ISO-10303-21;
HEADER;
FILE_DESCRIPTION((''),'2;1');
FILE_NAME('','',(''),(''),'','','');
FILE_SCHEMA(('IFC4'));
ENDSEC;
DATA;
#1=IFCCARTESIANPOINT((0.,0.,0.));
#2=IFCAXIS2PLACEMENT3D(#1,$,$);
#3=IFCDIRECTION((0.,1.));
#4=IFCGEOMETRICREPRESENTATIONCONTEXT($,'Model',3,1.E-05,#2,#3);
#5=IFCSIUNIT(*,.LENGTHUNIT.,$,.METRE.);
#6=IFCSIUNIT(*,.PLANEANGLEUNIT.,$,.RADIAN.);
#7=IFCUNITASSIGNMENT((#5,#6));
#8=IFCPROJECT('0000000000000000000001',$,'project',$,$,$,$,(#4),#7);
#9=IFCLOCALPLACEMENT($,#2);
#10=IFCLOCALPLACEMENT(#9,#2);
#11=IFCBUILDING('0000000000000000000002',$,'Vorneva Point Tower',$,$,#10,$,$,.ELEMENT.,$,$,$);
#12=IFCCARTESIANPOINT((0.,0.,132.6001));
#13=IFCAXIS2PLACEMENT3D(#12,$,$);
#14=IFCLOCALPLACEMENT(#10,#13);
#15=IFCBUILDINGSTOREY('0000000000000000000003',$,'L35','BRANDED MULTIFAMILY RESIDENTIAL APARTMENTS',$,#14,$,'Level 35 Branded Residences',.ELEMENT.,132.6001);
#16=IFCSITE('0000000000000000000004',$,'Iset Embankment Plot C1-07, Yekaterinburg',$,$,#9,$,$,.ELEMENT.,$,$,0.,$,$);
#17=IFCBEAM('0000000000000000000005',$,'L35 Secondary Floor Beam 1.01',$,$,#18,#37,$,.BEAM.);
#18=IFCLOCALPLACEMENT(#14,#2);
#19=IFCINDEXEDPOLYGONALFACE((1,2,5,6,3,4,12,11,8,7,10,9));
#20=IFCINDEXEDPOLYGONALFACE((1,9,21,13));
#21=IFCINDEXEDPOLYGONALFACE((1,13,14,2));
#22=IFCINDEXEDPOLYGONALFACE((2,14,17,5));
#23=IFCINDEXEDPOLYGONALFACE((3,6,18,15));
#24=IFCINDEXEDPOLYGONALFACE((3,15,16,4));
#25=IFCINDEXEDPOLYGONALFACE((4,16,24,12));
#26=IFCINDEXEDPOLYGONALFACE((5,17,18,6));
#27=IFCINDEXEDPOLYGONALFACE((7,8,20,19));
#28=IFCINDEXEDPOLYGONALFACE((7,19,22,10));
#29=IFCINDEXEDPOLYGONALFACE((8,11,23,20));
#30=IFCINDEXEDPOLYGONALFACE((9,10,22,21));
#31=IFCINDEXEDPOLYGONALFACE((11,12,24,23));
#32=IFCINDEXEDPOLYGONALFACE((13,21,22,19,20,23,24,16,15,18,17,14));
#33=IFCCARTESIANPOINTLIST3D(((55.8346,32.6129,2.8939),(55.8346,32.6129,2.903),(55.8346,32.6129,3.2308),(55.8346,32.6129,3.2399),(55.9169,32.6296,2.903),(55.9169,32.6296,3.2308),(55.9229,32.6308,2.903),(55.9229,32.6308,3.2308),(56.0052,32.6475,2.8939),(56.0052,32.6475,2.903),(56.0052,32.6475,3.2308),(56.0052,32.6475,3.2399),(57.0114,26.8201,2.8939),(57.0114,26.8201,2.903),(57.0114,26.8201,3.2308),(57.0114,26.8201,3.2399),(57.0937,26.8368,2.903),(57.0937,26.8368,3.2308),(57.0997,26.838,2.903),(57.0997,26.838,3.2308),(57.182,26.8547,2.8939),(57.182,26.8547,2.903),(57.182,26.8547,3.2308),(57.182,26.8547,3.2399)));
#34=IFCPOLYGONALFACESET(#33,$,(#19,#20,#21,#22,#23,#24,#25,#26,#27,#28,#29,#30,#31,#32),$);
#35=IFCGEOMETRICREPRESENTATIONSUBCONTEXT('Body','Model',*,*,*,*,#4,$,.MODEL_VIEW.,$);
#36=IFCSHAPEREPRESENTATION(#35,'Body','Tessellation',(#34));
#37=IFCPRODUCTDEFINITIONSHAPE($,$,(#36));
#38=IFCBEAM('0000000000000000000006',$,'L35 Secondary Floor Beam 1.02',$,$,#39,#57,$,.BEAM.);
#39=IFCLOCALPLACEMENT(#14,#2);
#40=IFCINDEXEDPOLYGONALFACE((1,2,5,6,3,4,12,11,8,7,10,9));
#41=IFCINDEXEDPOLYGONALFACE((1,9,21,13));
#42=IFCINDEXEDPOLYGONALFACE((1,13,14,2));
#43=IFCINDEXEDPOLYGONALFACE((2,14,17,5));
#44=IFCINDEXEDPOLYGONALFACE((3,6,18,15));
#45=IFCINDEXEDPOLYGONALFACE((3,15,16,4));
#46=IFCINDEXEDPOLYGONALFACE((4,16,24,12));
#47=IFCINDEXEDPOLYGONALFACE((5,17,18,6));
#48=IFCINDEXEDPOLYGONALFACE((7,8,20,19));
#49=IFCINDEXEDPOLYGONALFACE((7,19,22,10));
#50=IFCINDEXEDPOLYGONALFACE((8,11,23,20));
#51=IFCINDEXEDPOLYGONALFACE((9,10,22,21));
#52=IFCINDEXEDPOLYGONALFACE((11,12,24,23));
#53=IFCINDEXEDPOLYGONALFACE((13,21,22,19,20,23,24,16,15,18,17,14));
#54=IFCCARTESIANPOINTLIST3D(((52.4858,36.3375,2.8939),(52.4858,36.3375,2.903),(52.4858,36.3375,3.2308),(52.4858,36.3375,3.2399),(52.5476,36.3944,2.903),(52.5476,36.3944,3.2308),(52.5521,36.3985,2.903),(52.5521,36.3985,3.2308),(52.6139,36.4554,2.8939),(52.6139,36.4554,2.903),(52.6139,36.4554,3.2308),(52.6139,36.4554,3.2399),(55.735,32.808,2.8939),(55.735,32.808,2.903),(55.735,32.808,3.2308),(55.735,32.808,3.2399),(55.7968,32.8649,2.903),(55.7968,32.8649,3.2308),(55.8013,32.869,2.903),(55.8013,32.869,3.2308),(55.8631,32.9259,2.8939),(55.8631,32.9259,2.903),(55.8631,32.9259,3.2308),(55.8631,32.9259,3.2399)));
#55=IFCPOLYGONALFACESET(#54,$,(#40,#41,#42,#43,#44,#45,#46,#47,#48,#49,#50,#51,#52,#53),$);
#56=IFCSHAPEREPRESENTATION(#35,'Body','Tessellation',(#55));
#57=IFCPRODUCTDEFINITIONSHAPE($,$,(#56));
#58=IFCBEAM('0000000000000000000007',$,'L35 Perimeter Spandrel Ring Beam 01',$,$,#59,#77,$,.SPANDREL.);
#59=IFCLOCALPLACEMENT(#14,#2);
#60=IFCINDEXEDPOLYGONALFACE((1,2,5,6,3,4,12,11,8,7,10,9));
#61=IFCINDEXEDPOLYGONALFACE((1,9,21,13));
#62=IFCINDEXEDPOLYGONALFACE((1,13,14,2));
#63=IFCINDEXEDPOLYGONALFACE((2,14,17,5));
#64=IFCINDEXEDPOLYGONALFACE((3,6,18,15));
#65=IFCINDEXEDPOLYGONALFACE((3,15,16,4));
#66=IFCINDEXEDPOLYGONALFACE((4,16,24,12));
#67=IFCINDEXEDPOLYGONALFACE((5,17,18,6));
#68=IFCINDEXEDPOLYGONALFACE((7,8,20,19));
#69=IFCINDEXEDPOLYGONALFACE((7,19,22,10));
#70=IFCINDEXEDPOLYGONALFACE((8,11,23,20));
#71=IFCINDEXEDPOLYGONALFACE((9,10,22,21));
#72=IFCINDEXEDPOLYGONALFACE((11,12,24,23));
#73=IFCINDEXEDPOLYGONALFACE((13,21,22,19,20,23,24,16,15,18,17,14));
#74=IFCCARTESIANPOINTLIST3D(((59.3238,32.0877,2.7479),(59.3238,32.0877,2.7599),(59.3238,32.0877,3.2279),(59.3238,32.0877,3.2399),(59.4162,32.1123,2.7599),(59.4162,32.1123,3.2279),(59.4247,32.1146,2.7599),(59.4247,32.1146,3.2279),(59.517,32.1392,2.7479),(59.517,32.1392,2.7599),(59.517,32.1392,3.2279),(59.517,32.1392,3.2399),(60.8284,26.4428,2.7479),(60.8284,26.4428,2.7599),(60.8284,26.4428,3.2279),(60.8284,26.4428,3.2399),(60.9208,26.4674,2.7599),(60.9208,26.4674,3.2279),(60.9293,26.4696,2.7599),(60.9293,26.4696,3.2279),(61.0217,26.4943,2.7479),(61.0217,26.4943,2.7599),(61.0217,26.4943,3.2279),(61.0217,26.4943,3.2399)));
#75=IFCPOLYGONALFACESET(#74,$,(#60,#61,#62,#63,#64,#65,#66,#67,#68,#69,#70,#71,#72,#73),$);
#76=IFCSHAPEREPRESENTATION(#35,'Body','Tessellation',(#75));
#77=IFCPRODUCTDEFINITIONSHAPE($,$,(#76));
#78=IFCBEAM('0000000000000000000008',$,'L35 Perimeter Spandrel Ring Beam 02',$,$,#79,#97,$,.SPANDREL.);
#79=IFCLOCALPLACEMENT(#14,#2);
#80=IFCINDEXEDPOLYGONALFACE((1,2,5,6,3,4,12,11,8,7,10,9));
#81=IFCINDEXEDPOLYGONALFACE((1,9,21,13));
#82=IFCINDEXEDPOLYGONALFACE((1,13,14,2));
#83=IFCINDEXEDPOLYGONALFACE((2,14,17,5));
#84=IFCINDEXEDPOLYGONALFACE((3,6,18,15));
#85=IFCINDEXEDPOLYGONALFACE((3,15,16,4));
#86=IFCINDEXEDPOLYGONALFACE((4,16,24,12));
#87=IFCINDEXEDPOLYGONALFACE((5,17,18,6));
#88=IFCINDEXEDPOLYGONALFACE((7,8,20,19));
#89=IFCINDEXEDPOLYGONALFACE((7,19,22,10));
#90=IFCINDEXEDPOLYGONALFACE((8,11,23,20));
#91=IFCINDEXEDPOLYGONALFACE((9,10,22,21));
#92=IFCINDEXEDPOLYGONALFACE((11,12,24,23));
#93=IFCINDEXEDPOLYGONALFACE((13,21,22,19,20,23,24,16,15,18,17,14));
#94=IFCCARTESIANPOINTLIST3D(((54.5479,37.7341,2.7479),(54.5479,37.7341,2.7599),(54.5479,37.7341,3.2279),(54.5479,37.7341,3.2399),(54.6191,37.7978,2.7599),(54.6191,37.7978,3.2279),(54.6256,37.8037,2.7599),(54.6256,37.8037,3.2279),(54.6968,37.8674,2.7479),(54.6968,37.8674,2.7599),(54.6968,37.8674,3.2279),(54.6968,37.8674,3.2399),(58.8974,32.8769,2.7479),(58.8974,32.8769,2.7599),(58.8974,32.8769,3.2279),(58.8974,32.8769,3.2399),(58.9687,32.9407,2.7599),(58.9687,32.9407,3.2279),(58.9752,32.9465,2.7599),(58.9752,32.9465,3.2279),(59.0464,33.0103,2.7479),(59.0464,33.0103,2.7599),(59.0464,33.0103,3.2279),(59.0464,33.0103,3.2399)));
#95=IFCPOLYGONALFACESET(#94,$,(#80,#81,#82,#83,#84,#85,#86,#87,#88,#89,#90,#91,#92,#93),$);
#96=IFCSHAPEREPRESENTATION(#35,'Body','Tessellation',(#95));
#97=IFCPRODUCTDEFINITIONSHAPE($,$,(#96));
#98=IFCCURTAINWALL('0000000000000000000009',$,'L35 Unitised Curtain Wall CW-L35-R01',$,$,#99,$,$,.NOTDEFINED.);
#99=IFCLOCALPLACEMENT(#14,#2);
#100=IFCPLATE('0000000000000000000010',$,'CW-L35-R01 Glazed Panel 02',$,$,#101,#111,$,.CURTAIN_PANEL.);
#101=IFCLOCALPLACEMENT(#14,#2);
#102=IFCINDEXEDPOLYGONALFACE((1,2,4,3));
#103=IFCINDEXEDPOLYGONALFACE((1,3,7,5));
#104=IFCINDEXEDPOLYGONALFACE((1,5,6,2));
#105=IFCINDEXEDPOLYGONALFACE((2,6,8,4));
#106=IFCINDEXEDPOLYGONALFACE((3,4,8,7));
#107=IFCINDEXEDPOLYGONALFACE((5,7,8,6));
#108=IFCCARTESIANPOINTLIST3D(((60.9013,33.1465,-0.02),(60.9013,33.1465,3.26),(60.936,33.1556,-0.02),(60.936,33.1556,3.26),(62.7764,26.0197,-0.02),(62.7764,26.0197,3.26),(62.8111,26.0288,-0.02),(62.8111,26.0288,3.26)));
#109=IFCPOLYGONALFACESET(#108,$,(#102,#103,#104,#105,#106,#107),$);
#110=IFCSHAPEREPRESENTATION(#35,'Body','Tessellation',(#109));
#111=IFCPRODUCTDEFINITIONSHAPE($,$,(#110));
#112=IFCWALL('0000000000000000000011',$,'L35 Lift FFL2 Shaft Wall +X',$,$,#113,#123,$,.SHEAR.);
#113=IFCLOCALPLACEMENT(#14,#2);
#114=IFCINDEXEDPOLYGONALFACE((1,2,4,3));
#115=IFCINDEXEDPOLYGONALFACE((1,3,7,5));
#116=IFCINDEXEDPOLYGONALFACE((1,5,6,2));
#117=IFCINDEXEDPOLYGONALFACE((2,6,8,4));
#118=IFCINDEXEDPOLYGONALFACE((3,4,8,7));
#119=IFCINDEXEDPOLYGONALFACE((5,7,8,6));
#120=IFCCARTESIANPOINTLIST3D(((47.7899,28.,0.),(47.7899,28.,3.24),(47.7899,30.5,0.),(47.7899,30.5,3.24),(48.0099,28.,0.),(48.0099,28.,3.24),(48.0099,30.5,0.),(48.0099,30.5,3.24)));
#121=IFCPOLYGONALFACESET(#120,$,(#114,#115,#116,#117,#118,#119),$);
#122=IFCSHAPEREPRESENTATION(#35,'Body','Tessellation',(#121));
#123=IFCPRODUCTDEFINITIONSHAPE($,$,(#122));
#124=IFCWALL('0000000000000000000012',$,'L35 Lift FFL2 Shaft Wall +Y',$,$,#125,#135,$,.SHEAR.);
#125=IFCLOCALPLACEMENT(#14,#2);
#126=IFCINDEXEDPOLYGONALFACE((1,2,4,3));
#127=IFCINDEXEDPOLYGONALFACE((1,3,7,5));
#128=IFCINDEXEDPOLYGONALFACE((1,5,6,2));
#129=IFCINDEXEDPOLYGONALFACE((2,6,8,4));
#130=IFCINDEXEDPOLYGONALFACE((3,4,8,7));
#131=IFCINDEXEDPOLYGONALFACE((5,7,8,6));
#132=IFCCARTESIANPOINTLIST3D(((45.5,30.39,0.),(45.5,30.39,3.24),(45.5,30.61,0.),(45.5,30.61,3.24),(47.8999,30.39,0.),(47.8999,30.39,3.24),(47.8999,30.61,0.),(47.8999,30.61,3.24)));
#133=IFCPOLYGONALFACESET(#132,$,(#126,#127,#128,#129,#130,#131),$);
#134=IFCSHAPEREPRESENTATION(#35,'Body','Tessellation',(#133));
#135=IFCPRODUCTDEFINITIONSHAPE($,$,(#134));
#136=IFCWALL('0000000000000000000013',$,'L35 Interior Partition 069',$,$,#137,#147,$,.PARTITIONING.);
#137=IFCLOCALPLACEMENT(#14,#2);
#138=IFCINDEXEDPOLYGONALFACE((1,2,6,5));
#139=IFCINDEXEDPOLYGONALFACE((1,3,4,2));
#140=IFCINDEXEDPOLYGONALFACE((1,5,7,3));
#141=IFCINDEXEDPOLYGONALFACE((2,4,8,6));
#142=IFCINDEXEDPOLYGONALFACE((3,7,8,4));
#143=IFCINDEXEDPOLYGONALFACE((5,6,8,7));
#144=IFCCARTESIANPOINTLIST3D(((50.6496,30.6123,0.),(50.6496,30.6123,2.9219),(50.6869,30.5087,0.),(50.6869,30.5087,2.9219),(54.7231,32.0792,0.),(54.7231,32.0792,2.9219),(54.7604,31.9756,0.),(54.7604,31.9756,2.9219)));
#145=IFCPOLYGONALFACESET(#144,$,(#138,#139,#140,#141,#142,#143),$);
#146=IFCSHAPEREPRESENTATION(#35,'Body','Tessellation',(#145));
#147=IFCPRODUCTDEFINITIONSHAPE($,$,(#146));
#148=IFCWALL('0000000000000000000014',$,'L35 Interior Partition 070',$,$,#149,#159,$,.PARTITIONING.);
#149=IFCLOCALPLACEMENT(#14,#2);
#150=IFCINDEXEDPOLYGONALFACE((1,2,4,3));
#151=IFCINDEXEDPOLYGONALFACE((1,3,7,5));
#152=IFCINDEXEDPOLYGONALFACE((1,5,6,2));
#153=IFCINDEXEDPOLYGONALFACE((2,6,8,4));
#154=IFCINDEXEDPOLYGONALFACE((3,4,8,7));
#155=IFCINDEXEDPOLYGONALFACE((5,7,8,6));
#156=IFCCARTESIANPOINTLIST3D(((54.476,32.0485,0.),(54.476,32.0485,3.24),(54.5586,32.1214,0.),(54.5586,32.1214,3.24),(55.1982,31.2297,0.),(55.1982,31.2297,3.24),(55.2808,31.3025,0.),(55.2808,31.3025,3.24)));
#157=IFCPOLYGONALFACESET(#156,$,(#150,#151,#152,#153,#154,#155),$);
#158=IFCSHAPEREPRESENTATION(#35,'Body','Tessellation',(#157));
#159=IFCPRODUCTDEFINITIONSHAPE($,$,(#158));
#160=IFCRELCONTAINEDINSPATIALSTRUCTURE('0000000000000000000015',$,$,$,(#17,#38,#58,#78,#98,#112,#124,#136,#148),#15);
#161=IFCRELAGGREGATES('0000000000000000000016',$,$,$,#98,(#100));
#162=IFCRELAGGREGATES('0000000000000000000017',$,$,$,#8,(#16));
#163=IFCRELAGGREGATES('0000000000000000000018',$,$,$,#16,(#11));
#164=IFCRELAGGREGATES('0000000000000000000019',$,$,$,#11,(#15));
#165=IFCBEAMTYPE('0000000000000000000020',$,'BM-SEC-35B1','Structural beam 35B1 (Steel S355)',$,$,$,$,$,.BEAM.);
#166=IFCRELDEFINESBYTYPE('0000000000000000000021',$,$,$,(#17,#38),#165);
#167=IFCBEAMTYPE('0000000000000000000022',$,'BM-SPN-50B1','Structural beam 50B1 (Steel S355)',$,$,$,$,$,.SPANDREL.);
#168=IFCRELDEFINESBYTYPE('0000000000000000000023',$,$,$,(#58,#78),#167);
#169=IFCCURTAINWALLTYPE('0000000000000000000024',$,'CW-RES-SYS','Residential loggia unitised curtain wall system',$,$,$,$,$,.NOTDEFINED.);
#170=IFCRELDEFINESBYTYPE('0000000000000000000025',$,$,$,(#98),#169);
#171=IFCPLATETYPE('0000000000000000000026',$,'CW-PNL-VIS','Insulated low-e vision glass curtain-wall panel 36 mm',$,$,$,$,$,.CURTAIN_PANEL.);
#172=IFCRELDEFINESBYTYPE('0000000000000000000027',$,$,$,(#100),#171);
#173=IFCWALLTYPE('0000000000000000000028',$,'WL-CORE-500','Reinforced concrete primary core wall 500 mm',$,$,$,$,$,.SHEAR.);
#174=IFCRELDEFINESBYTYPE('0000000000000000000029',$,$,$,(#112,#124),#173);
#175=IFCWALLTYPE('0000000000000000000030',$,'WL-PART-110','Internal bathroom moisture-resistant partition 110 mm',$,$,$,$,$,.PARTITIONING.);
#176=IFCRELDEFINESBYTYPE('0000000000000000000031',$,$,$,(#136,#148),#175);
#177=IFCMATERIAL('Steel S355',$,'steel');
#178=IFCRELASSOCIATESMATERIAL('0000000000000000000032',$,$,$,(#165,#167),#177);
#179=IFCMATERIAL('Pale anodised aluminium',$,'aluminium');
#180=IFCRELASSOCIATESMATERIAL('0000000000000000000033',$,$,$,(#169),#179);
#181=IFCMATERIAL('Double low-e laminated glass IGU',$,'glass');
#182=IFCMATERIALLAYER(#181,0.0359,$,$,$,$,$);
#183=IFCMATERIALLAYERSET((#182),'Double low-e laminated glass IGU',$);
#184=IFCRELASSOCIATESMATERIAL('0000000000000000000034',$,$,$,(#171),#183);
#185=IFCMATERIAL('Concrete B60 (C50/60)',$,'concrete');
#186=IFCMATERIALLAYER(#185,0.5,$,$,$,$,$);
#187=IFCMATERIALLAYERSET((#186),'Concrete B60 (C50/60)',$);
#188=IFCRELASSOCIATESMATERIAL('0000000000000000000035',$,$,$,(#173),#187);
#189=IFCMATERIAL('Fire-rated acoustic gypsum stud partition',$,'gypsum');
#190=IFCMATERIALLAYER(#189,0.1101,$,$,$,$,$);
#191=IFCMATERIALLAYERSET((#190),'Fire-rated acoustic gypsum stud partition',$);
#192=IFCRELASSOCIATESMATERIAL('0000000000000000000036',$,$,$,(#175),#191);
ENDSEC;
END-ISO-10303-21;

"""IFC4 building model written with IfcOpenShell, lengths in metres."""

from ifc_helpers import new_model, si_unit, direction, frame, frame_2d, origin, origin_2d, place, context, subcontext, project, spatial, rectangle, i_section, extrude, material, layer, layer_set, material_profile, profile_set, type_object, element, aggregate, save


model = new_model("IFC4")

# Units and contexts
model_context = context("Model", 3, precision=1e-05, world=origin(), true_north=direction((0.0, 1.0)))
body_context = subcontext(model_context, "Body", "Model", "MODEL_VIEW")
ifc_project = project(units=[si_unit("LENGTHUNIT", "METRE"), si_unit("PLANEANGLEUNIT", "RADIAN")], contexts=[model_context])

# Site, building, storey
site_placement = place(None, origin())
site = spatial("IfcSite", under=ifc_project, at=site_placement, Name="Iset Embankment Plot C1-07, Yekaterinburg", CompositionType="ELEMENT", RefElevation=0.0)
building_placement = place(site_placement, origin())
building = spatial("IfcBuilding", under=site, at=building_placement, Name="Vorneva Point Tower", CompositionType="ELEMENT")
storey_placement = place(building_placement, frame((0.0, 0.0, 132.6001)))
storey = spatial("IfcBuildingStorey", under=building, at=storey_placement, Name="L35", Description="BRANDED MULTIFAMILY RESIDENTIAL APARTMENTS", LongName="Level 35 Branded Residences", CompositionType="ELEMENT", Elevation=132.6001)

# Shared definitions
ifc_material_1 = material(Name="Concrete B60 (C50/60)", Category="concrete")

# Beams
ifc_material_2 = material(Name="Steel S355", Category="steel")
ifc_material_profile_1 = material_profile(ifc_material_2, i_section(OverallWidth=0.1741, OverallDepth=0.3459, WebThickness=0.0061, FlangeThickness=0.009, at=origin_2d()), Name="35B1")
ifc_profile_set_1 = profile_set([ifc_material_profile_1], Name="Steel S355")
beam_type_1 = type_object("IfcBeamType", Name="BM-SEC-35B1", Description="Structural beam 35B1 (Steel S355)", PredefinedType="BEAM", material=ifc_profile_set_1)
beam_1_placement = place(storey_placement, frame((57.0967, 26.8374, 3.0669), z_axis=(-0.199078, 0.979984, 0.0), x_axis=(-0.979984, -0.199078, 0.0)))
element("IfcBeam", 1, at=beam_1_placement, inside=storey, type_object=beam_type_1, Name="L35 Secondary Floor Beam 1.01", PredefinedType="BEAM", context=body_context, shape_type="SweptSolid", body=[
    extrude(i_section(OverallWidth=0.1741, OverallDepth=0.3459, WebThickness=0.0061, FlangeThickness=0.009, at=origin_2d()), origin(), (0.0, 0.0, 1.0), 5.9111),
])
beam_2_placement = place(storey_placement, frame((55.7991, 32.8669, 3.0669), z_axis=(-0.677292, 0.735714, 0.0), x_axis=(-0.735714, -0.677292, 0.0)))
element("IfcBeam", 2, at=beam_2_placement, inside=storey, type_object=beam_type_1, Name="L35 Secondary Floor Beam 1.02", PredefinedType="BEAM", context=body_context, shape_type="SweptSolid", body=[
    extrude(i_section(OverallWidth=0.1741, OverallDepth=0.3459, WebThickness=0.0061, FlangeThickness=0.009, at=origin_2d()), origin(), (0.0, 0.0, 1.0), 4.7974),
])
ifc_material_profile_2 = material_profile(ifc_material_2, i_section(OverallWidth=0.2, OverallDepth=0.4919, WebThickness=0.0088, FlangeThickness=0.012, at=origin_2d()), Name="50B1")
ifc_profile_set_2 = profile_set([ifc_material_profile_2], Name="Steel S355")
beam_type_2 = type_object("IfcBeamType", Name="BM-SPN-50B1", Description="Structural beam 50B1 (Steel S355)", PredefinedType="SPANDREL", material=ifc_profile_set_2)
beam_3_placement = place(storey_placement, frame((60.925, 26.4685, 2.9939), z_axis=(-0.257551, 0.966265, 0.0), x_axis=(-0.966265, -0.257551, 0.0)))
element("IfcBeam", 3, at=beam_3_placement, inside=storey, type_object=beam_type_2, Name="L35 Perimeter Spandrel Ring Beam 01", PredefinedType="SPANDREL", context=body_context, shape_type="SweptSolid", body=[
    extrude(i_section(OverallWidth=0.2, OverallDepth=0.4919, WebThickness=0.0088, FlangeThickness=0.012, at=origin_2d()), origin(), (0.0, 0.0, 1.0), 5.842),
])
beam_4_placement = place(storey_placement, frame((58.9719, 32.9436, 2.9939), z_axis=(-0.667111, 0.744958, 0.0), x_axis=(-0.744958, -0.667111, 0.0)))
element("IfcBeam", 4, at=beam_4_placement, inside=storey, type_object=beam_type_2, Name="L35 Perimeter Spandrel Ring Beam 02", PredefinedType="SPANDREL", context=body_context, shape_type="SweptSolid", body=[
    extrude(i_section(OverallWidth=0.2, OverallDepth=0.4919, WebThickness=0.0088, FlangeThickness=0.012, at=origin_2d()), origin(), (0.0, 0.0, 1.0), 6.52),
])

# Curtain wall, plate
ifc_material_3 = material(Name="Pale anodised aluminium", Category="aluminium")
curtain_wall_type = type_object("IfcCurtainWallType", Name="CW-RES-SYS", Description="Residential loggia unitised curtain wall system", PredefinedType="NOTDEFINED", material=ifc_material_3)
curtain_wall_placement = place(storey_placement, origin())
curtain_wall = element("IfcCurtainWall", 5, at=curtain_wall_placement, inside=storey, type_object=curtain_wall_type, Name="L35 Unitised Curtain Wall CW-L35-R01", PredefinedType="NOTDEFINED")
ifc_material_4 = material(Name="Double low-e laminated glass IGU", Category="glass")
ifc_layer_1 = layer(ifc_material_4, 0.0359)
ifc_layer_set_1 = layer_set([ifc_layer_1], Name="Double low-e laminated glass IGU")
plate_type = type_object("IfcPlateType", Name="CW-PNL-VIS", Description="Insulated low-e vision glass curtain-wall panel 36 mm", PredefinedType="CURTAIN_PANEL", material=ifc_layer_set_1)
plate_placement = place(storey_placement, frame((61.8562, 29.5876, -0.02), z_axis=(0.0, 0.0, 1.0), x_axis=(-0.254433, 0.96709, 0.0)))
plate = element("IfcPlate", 6, at=plate_placement, type_object=plate_type, Name="CW-L35-R01 Glazed Panel 02", PredefinedType="CURTAIN_PANEL", context=body_context, shape_type="SweptSolid", body=[
    extrude(rectangle(XDim=7.3694, YDim=0.0359, at=origin_2d()), origin(), (0.0, 0.0, 1.0), 3.28),
])
aggregate(curtain_wall, [plate])

# Walls
ifc_layer_2 = layer(ifc_material_1, 0.5)
ifc_layer_set_2 = layer_set([ifc_layer_2], Name="Concrete B60 (C50/60)")
wall_type_1 = type_object("IfcWallType", Name="WL-CORE-500", Description="Reinforced concrete primary core wall 500 mm", PredefinedType="SHEAR", material=ifc_layer_set_2)
wall_1_placement = place(storey_placement, frame((47.8999, 28.0, 0.0), z_axis=(0.0, 0.0, 1.0), x_axis=(0.0, 1.0, 0.0)))
element("IfcWall", 7, at=wall_1_placement, inside=storey, type_object=wall_type_1, Name="L35 Lift FFL2 Shaft Wall +X", PredefinedType="SHEAR", context=body_context, shape_type="SweptSolid", body=[
    extrude(rectangle(XDim=2.5, YDim=0.22, at=frame_2d((1.25, 0.0))), origin(), (0.0, 0.0, 1.0), 3.24),
])
wall_2_placement = place(storey_placement, frame((47.8999, 30.5, 0.0), z_axis=(0.0, 0.0, 1.0), x_axis=(-1.0, 0.0, 0.0)))
element("IfcWall", 8, at=wall_2_placement, inside=storey, type_object=wall_type_1, Name="L35 Lift FFL2 Shaft Wall +Y", PredefinedType="SHEAR", context=body_context, shape_type="SweptSolid", body=[
    extrude(rectangle(XDim=2.3999, YDim=0.22, at=frame_2d((1.2, 0.0))), origin(), (0.0, 0.0, 1.0), 3.24),
])
ifc_material_5 = material(Name="Fire-rated acoustic gypsum stud partition", Category="gypsum")
ifc_layer_3 = layer(ifc_material_5, 0.1101)
ifc_layer_set_3 = layer_set([ifc_layer_3], Name="Fire-rated acoustic gypsum stud partition")
wall_type_2 = type_object("IfcWallType", Name="WL-PART-110", Description="Internal bathroom moisture-resistant partition 110 mm", PredefinedType="PARTITIONING", material=ifc_layer_set_3)
wall_3_placement = place(storey_placement, frame((50.6682, 30.5605, 0.0), z_axis=(0.0, 0.0, 1.0), x_axis=(0.940862, 0.338789, 0.0)))
element("IfcWall", 9, at=wall_3_placement, inside=storey, type_object=wall_type_2, Name="L35 Interior Partition 069", PredefinedType="PARTITIONING", context=body_context, shape_type="SweptSolid", body=[
    extrude(rectangle(XDim=4.3296, YDim=0.1101, at=frame_2d((2.1648, 0.0))), origin(), (0.0, 0.0, 1.0), 2.9219),
])
wall_4_placement = place(storey_placement, frame((54.5173, 32.085, 0.0), z_axis=(0.0, 0.0, 1.0), x_axis=(0.661444, -0.749994, 0.0)))
element("IfcWall", 10, at=wall_4_placement, inside=storey, type_object=wall_type_2, Name="L35 Interior Partition 070", PredefinedType="PARTITIONING", context=body_context, shape_type="SweptSolid", body=[
    extrude(rectangle(XDim=1.0918, YDim=0.1101, at=frame_2d((0.5459, 0.0))), origin(), (0.0, 0.0, 1.0), 3.24),
])

save(model, "model.ifc")
